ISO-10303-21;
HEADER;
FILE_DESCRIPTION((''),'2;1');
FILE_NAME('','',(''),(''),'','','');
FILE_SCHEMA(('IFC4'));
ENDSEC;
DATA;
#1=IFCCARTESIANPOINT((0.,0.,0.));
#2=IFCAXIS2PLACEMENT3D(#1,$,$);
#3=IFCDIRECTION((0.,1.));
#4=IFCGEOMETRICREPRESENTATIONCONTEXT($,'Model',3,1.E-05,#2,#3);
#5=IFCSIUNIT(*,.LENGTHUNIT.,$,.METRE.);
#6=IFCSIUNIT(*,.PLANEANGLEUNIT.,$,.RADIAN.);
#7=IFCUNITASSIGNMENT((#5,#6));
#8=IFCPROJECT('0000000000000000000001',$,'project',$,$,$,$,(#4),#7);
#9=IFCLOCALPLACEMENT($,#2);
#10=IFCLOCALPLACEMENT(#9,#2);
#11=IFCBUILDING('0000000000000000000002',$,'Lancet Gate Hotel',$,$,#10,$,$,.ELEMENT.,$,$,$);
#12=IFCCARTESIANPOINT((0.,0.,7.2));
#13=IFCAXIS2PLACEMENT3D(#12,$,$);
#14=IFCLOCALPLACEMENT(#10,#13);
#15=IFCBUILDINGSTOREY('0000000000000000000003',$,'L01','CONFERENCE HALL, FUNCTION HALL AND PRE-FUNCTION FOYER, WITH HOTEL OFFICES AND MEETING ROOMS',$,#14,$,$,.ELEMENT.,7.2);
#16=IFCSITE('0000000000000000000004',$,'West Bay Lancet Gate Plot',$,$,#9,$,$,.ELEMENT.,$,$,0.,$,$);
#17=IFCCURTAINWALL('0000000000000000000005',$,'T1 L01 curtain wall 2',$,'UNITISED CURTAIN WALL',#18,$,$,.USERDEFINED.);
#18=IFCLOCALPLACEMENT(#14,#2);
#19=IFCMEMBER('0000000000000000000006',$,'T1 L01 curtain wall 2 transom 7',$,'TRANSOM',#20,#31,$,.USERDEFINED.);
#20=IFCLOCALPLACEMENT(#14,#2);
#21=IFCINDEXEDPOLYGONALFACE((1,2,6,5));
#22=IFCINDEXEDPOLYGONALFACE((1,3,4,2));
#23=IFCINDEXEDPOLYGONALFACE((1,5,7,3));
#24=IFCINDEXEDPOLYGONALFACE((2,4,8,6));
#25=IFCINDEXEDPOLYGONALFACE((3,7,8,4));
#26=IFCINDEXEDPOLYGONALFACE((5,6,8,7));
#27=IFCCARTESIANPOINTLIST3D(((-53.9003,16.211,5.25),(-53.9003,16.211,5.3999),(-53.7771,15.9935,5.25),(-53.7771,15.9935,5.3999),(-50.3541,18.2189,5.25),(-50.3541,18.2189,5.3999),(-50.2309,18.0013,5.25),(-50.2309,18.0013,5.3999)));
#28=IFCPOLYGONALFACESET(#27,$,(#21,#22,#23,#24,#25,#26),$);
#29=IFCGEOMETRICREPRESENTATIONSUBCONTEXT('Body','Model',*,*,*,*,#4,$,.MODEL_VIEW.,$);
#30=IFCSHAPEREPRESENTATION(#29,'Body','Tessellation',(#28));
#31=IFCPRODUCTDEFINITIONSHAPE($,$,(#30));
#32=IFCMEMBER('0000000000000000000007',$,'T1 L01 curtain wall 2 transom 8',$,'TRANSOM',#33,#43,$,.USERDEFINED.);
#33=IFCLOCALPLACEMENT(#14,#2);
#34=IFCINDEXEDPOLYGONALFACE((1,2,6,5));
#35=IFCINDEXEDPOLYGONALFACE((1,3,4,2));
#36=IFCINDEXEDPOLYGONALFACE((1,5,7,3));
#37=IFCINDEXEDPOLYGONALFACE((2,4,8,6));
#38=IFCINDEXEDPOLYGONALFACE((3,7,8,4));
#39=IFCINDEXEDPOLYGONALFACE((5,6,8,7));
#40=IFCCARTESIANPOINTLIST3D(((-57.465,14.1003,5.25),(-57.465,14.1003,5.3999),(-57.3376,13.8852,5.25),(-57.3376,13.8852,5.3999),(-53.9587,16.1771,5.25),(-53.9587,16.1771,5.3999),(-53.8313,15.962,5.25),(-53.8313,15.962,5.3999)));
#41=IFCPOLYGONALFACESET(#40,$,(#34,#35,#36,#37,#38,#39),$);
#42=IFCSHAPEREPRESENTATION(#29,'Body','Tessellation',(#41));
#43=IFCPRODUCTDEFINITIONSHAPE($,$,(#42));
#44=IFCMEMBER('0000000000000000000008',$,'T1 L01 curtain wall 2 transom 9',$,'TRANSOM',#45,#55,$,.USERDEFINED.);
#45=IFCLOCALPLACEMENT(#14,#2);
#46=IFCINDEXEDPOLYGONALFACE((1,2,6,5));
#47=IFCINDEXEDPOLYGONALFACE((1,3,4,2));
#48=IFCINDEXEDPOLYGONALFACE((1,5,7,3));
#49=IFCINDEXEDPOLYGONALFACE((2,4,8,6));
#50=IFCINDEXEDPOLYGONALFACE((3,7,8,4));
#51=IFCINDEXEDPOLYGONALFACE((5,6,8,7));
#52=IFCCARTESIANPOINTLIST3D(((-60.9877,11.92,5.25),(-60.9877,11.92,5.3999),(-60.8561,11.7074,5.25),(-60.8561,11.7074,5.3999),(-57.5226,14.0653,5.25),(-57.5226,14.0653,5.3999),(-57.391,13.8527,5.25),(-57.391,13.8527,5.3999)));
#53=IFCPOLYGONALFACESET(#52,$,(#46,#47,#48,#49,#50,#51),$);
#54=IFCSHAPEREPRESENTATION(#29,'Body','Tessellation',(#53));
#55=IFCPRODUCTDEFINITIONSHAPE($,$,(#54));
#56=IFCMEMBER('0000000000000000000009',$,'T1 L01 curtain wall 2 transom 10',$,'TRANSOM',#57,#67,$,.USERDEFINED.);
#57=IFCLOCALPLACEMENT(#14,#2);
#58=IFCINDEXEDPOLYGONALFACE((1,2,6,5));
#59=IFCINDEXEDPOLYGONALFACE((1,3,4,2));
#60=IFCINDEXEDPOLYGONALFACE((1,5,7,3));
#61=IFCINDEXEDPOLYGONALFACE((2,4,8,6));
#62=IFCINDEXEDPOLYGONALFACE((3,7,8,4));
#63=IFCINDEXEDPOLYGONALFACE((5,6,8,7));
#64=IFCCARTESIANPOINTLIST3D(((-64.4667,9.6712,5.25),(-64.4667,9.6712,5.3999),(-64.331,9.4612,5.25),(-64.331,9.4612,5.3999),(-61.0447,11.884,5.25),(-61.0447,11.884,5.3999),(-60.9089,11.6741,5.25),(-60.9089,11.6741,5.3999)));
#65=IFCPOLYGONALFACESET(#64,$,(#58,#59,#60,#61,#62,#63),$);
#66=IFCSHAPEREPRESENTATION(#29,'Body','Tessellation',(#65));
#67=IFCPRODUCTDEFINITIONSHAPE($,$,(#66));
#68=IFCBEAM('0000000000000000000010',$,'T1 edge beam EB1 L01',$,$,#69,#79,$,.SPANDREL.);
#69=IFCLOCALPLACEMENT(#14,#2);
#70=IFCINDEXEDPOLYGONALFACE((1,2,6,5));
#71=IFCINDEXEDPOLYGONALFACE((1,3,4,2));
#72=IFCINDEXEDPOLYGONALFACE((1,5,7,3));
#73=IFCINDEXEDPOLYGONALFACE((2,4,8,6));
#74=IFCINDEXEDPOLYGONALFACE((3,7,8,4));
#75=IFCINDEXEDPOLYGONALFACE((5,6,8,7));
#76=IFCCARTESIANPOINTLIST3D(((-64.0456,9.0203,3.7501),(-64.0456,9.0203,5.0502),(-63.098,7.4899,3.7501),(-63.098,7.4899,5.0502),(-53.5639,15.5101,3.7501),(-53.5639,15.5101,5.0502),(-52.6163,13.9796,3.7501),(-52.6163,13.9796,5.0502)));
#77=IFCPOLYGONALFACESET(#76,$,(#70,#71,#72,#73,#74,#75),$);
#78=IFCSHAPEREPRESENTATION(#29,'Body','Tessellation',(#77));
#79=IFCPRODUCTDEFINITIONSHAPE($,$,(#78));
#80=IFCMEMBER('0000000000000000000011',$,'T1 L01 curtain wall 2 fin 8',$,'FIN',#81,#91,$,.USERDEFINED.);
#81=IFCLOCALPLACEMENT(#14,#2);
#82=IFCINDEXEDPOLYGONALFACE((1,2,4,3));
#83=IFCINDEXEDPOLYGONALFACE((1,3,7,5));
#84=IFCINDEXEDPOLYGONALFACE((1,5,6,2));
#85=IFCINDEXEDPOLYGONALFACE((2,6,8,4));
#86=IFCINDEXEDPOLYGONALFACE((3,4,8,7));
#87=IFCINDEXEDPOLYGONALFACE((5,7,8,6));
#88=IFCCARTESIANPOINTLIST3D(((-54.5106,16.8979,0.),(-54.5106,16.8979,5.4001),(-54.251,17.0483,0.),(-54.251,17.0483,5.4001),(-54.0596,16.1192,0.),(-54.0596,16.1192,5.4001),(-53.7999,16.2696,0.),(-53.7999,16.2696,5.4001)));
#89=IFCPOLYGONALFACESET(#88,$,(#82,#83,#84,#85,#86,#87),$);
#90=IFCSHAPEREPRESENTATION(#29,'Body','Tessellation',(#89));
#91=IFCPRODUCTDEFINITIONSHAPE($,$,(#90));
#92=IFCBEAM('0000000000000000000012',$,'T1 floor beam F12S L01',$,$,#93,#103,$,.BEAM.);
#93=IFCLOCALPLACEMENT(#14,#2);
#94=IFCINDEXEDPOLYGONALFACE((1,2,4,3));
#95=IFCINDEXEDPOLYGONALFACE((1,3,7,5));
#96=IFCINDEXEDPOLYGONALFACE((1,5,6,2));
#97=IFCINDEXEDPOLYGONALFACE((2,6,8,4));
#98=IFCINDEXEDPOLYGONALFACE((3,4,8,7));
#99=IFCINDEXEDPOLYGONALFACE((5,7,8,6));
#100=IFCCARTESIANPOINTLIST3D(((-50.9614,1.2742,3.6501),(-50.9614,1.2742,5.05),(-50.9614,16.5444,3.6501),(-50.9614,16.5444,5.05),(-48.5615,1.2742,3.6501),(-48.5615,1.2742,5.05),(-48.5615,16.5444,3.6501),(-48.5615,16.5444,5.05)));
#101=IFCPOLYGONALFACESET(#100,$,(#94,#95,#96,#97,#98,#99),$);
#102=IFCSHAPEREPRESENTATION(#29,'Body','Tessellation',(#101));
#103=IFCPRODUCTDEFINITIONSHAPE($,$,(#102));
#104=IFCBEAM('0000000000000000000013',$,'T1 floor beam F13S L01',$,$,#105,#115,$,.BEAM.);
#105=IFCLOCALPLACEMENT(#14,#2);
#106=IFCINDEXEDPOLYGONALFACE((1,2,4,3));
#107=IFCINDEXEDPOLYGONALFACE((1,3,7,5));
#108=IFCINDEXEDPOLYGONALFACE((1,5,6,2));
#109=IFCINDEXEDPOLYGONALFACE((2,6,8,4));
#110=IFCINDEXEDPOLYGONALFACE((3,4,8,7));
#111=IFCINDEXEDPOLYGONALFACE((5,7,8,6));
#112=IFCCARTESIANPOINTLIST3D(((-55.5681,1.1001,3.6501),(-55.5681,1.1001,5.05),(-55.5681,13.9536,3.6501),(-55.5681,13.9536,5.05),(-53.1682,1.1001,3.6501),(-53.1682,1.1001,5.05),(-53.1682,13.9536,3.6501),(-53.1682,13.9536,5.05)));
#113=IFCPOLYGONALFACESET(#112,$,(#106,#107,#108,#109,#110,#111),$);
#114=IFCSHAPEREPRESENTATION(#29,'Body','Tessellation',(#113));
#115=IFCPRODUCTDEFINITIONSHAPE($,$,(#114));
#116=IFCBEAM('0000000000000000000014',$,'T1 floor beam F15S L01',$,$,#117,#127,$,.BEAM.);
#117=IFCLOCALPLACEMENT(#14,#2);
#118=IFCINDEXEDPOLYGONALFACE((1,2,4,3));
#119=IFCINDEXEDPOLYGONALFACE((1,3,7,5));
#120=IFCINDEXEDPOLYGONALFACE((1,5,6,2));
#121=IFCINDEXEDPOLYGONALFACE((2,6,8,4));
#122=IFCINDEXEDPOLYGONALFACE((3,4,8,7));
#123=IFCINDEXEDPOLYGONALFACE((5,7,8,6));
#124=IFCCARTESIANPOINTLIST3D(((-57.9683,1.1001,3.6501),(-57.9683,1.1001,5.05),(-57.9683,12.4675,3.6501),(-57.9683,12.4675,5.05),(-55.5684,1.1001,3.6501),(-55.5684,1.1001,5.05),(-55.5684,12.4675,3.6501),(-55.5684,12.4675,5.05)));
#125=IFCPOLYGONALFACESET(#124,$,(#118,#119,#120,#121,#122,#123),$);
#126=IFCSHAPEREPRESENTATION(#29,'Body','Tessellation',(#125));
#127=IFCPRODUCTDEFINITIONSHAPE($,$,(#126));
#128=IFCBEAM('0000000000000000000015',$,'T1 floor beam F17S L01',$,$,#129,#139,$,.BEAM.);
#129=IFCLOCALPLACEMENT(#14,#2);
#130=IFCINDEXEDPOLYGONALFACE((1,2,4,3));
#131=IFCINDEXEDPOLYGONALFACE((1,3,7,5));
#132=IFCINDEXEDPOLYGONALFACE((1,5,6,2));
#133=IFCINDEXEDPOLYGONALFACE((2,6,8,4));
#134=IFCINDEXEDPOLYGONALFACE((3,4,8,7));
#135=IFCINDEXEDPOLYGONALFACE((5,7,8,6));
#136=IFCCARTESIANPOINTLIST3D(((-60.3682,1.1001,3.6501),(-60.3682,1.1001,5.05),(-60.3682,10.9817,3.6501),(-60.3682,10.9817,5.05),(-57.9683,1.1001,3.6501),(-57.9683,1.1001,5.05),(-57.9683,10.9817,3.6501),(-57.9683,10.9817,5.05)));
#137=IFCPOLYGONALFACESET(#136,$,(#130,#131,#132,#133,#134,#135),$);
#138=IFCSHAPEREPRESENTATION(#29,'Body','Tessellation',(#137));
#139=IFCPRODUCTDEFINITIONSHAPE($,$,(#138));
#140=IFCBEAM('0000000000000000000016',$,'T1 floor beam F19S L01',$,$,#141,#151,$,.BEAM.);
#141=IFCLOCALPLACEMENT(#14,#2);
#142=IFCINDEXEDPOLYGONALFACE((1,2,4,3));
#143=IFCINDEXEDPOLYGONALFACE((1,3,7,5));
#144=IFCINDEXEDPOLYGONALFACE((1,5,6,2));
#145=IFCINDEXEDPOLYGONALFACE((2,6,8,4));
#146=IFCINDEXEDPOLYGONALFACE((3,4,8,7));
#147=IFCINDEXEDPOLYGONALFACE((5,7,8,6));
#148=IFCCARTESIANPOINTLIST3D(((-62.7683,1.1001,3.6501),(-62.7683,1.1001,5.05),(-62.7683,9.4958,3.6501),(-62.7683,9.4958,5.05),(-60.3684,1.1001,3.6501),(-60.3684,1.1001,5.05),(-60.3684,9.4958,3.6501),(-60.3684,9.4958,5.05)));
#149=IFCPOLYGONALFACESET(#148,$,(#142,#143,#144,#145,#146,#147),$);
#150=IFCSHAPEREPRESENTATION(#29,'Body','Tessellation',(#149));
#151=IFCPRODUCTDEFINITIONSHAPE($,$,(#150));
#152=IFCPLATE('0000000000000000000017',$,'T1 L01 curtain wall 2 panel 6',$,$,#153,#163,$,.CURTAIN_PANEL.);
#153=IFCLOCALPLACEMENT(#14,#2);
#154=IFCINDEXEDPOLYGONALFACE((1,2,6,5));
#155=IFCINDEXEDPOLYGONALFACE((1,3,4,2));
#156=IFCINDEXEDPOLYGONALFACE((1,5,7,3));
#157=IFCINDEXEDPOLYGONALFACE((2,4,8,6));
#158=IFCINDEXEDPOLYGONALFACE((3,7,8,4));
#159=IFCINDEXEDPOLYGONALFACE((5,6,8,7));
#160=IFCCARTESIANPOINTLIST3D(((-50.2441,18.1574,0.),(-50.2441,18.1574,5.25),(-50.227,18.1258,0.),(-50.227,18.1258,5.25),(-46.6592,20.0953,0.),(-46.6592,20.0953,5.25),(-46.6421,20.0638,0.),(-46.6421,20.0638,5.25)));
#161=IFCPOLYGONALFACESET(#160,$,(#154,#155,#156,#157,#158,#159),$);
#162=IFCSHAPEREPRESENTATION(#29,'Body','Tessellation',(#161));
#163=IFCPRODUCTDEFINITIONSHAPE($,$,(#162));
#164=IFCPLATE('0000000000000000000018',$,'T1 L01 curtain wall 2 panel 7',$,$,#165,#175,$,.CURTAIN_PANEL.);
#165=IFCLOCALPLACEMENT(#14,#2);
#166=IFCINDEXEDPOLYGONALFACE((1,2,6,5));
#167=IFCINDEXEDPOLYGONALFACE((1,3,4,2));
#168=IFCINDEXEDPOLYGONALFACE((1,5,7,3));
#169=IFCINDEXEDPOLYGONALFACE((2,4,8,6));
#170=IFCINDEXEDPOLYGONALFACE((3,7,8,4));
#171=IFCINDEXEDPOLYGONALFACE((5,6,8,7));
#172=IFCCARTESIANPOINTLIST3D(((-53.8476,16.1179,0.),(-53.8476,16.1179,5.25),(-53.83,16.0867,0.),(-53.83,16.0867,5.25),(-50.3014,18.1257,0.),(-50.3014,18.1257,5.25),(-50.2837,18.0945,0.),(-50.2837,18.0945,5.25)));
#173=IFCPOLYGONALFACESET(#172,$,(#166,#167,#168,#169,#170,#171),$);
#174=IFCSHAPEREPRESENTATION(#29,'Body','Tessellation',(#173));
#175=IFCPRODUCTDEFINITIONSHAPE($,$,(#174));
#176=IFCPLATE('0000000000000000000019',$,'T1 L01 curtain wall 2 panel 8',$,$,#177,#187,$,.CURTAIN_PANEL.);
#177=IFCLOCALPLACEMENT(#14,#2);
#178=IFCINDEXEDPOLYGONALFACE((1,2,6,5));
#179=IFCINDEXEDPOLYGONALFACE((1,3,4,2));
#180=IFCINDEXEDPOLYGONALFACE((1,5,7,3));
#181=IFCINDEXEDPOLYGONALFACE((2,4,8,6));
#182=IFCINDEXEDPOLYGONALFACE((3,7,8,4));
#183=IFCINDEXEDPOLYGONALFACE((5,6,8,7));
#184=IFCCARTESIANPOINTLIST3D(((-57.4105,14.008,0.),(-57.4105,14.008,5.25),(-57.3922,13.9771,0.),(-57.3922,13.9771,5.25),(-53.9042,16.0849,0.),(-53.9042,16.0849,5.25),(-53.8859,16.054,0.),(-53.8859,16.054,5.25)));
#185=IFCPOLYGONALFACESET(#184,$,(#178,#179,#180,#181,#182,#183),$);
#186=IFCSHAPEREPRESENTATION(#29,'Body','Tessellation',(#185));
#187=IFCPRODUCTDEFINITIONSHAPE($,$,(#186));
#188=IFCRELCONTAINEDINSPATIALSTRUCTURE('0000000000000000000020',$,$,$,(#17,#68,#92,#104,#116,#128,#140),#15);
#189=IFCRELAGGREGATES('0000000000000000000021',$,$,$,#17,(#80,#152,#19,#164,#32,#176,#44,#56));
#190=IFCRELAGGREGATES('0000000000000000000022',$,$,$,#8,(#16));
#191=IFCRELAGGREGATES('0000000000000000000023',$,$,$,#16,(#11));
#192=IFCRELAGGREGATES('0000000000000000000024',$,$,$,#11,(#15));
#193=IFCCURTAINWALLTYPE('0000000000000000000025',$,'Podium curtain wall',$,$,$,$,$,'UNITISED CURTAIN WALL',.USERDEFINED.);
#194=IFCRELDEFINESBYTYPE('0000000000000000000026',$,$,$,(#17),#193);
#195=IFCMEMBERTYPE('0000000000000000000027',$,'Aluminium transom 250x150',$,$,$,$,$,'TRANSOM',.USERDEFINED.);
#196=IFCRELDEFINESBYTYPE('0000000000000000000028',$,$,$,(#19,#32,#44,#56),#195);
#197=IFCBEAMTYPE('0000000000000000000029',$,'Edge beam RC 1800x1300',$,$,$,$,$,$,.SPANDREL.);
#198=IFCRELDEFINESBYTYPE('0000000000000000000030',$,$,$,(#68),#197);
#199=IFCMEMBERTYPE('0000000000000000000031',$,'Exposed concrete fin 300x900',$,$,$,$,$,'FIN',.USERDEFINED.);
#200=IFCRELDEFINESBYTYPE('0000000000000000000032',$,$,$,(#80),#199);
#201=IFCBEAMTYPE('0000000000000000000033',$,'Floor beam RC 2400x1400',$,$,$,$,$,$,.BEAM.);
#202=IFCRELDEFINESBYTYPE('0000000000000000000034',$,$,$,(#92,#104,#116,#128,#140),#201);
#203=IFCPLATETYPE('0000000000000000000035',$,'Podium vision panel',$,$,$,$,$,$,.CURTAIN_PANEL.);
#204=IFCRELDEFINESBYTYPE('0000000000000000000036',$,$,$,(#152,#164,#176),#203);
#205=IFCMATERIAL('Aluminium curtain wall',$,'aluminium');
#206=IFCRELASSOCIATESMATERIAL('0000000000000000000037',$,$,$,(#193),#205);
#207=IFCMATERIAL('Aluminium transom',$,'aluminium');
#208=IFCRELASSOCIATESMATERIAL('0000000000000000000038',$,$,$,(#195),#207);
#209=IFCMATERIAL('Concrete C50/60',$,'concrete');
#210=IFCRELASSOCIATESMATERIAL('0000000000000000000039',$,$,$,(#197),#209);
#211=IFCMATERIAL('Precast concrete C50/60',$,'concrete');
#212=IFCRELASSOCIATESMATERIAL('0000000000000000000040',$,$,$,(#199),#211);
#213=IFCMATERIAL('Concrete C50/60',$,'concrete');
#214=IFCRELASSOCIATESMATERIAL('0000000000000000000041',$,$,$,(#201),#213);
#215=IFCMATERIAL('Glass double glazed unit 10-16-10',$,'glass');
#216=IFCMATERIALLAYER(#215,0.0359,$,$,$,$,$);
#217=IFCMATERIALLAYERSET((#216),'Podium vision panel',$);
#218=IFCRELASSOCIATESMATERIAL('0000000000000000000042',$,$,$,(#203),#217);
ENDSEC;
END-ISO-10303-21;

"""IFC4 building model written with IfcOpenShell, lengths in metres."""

from ifc_helpers import new_model, si_unit, direction, frame, origin, origin_2d, place, context, subcontext, project, spatial, rectangle, extrude, material, layer, layer_set, material_profile, profile_set, type_object, element, aggregate, save


model = new_model("IFC4")

# Units and contexts
model_context = context("Model", 3, precision=1e-05, world=origin(), true_north=direction((0.0, 1.0)))
body_context = subcontext(model_context, "Body", "Model", "MODEL_VIEW")
ifc_project = project(units=[si_unit("LENGTHUNIT", "METRE"), si_unit("PLANEANGLEUNIT", "RADIAN")], contexts=[model_context])

# Site, building, storey
site_placement = place(None, origin())
site = spatial("IfcSite", under=ifc_project, at=site_placement, Name="West Bay Lancet Gate Plot", CompositionType="ELEMENT", RefElevation=0.0)
building_placement = place(site_placement, origin())
building = spatial("IfcBuilding", under=site, at=building_placement, Name="Lancet Gate Hotel", CompositionType="ELEMENT")
storey_placement = place(building_placement, frame((0.0, 0.0, 7.2)))
storey = spatial("IfcBuildingStorey", under=building, at=storey_placement, Name="L01", Description="CONFERENCE HALL, FUNCTION HALL AND PRE-FUNCTION FOYER, WITH HOTEL OFFICES AND MEETING ROOMS", CompositionType="ELEMENT", Elevation=7.2)

# Curtain wall, members
ifc_material_1 = material(Name="Aluminium curtain wall", Category="aluminium")
curtain_wall_type = type_object("IfcCurtainWallType", Name="Podium curtain wall", ElementType="UNITISED CURTAIN WALL", PredefinedType="USERDEFINED", material=ifc_material_1)
curtain_wall_placement = place(storey_placement, origin())
curtain_wall = element("IfcCurtainWall", 1, at=curtain_wall_placement, inside=storey, type_object=curtain_wall_type, Name="T1 L01 curtain wall 2", ObjectType="UNITISED CURTAIN WALL", PredefinedType="USERDEFINED")
ifc_material_2 = material(Name="Aluminium transom", Category="aluminium")
ifc_material_profile_1 = material_profile(ifc_material_2, rectangle(XDim=0.25, YDim=0.1499, at=origin_2d()), Name="TRANSOM 250x150")
ifc_profile_set_1 = profile_set([ifc_material_profile_1], Name="Aluminium transom")
member_type_1 = type_object("IfcMemberType", Name="Aluminium transom 250x150", ElementType="TRANSOM", PredefinedType="USERDEFINED", material=ifc_profile_set_1)
member_1_placement = place(storey_placement, frame((-50.2925, 18.1101, 5.325), z_axis=(-0.870198, -0.492703, 0.0), x_axis=(0.492703, -0.870198, 0.0)))
member_1 = element("IfcMember", 2, at=member_1_placement, type_object=member_type_1, Name="T1 L01 curtain wall 2 transom 7", ObjectType="TRANSOM", PredefinedType="USERDEFINED", context=body_context, shape_type="SweptSolid", body=[
    extrude(rectangle(XDim=0.25, YDim=0.1499, at=origin_2d()), origin(), (0.0, 0.0, 1.0), 4.0752),
])
member_2_placement = place(storey_placement, frame((-53.895, 16.0696, 5.325), z_axis=(-0.860392, -0.509633, 0.0), x_axis=(0.509633, -0.860392, 0.0)))
member_2 = element("IfcMember", 3, at=member_2_placement, type_object=member_type_1, Name="T1 L01 curtain wall 2 transom 8", ObjectType="TRANSOM", PredefinedType="USERDEFINED", context=body_context, shape_type="SweptSolid", body=[
    extrude(rectangle(XDim=0.25, YDim=0.1499, at=origin_2d()), origin(), (0.0, 0.0, 1.0), 4.0752),
])
member_3_placement = place(storey_placement, frame((-57.4568, 13.959, 5.325), z_axis=(-0.850242, -0.526392, 0.0), x_axis=(0.526392, -0.850242, 0.0)))
member_3 = element("IfcMember", 4, at=member_3_placement, type_object=member_type_1, Name="T1 L01 curtain wall 2 transom 9", ObjectType="TRANSOM", PredefinedType="USERDEFINED", context=body_context, shape_type="SweptSolid", body=[
    extrude(rectangle(XDim=0.25, YDim=0.1499, at=origin_2d()), origin(), (0.0, 0.0, 1.0), 4.0754),
])
member_4_placement = place(storey_placement, frame((-60.9768, 11.7791, 5.325), z_axis=(-0.839729, -0.543005, 0.0), x_axis=(0.543005, -0.839729, 0.0)))
member_4 = element("IfcMember", 5, at=member_4_placement, type_object=member_type_1, Name="T1 L01 curtain wall 2 transom 10", ObjectType="TRANSOM", PredefinedType="USERDEFINED", context=body_context, shape_type="SweptSolid", body=[
    extrude(rectangle(XDim=0.25, YDim=0.1499, at=origin_2d()), origin(), (0.0, 0.0, 1.0), 4.0752),
])

# Beam
ifc_material_3 = material(Name="Concrete C50/60", Category="concrete")
ifc_material_profile_2 = material_profile(ifc_material_3, rectangle(XDim=1.8, YDim=1.3, at=origin_2d()), Name="RC 1800x1300")
ifc_profile_set_2 = profile_set([ifc_material_profile_2], Name="Concrete C50/60")
beam_type_1 = type_object("IfcBeamType", Name="Edge beam RC 1800x1300", PredefinedType="SPANDREL", material=ifc_profile_set_2)
beam_1_placement = place(storey_placement, frame((-53.0901, 14.7449, 4.4001), z_axis=(-0.850226, -0.526418, 0.0), x_axis=(0.526418, -0.850226, 0.0)))
element("IfcBeam", 6, at=beam_1_placement, inside=storey, type_object=beam_type_1, Name="T1 edge beam EB1 L01", PredefinedType="SPANDREL", context=body_context, shape_type="SweptSolid", body=[
    extrude(rectangle(XDim=1.8, YDim=1.3, at=origin_2d()), origin(), (0.0, 0.0, 1.0), 12.3281),
])

# Member
ifc_material_4 = material(Name="Precast concrete C50/60", Category="concrete")
ifc_material_profile_3 = material_profile(ifc_material_4, rectangle(XDim=0.3, YDim=0.8999, at=origin_2d()), Name="FIN 300x900")
ifc_profile_set_3 = profile_set([ifc_material_profile_3], Name="Precast concrete C50/60")
member_type_2 = type_object("IfcMemberType", Name="Exposed concrete fin 300x900", ElementType="FIN", PredefinedType="USERDEFINED", material=ifc_profile_set_3)
member_5_placement = place(storey_placement, frame((-54.1553, 16.5837, 0.0), z_axis=(0.0, 0.0, 1.0), x_axis=(-0.865335, -0.501194, 0.0)))
member_5 = element("IfcMember", 7, at=member_5_placement, type_object=member_type_2, Name="T1 L01 curtain wall 2 fin 8", ObjectType="FIN", PredefinedType="USERDEFINED", context=body_context, shape_type="SweptSolid", body=[
    extrude(rectangle(XDim=0.3, YDim=0.8999, at=origin_2d()), origin(), (0.0, 0.0, 1.0), 5.4001),
])

# Beams
ifc_material_5 = material(Name="Concrete C50/60", Category="concrete")
ifc_material_profile_4 = material_profile(ifc_material_5, rectangle(XDim=2.3999, YDim=1.3999, at=origin_2d()), Name="RC 2400x1400")
ifc_profile_set_4 = profile_set([ifc_material_profile_4], Name="Concrete C50/60")
beam_type_2 = type_object("IfcBeamType", Name="Floor beam RC 2400x1400", PredefinedType="BEAM", material=ifc_profile_set_4)
beam_2_placement = place(storey_placement, frame((-49.7615, 16.5444, 4.3501), z_axis=(0.0, -1.0, 0.0), x_axis=(1.0, 0.0, 0.0)))
element("IfcBeam", 8, at=beam_2_placement, inside=storey, type_object=beam_type_2, Name="T1 floor beam F12S L01", PredefinedType="BEAM", context=body_context, shape_type="SweptSolid", body=[
    extrude(rectangle(XDim=2.3999, YDim=1.3999, at=origin_2d()), origin(), (0.0, 0.0, 1.0), 15.2703),
])
beam_3_placement = place(storey_placement, frame((-54.3682, 13.9536, 4.3501), z_axis=(0.0, -1.0, 0.0), x_axis=(1.0, 0.0, 0.0)))
element("IfcBeam", 9, at=beam_3_placement, inside=storey, type_object=beam_type_2, Name="T1 floor beam F13S L01", PredefinedType="BEAM", context=body_context, shape_type="SweptSolid", body=[
    extrude(rectangle(XDim=2.3999, YDim=1.3999, at=origin_2d()), origin(), (0.0, 0.0, 1.0), 12.8535),
])
beam_4_placement = place(storey_placement, frame((-56.7683, 12.4675, 4.3501), z_axis=(0.0, -1.0, 0.0), x_axis=(1.0, 0.0, 0.0)))
element("IfcBeam", 10, at=beam_4_placement, inside=storey, type_object=beam_type_2, Name="T1 floor beam F15S L01", PredefinedType="BEAM", context=body_context, shape_type="SweptSolid", body=[
    extrude(rectangle(XDim=2.3999, YDim=1.3999, at=origin_2d()), origin(), (0.0, 0.0, 1.0), 11.3674),
])
beam_5_placement = place(storey_placement, frame((-59.1682, 10.9817, 4.3501), z_axis=(0.0, -1.0, 0.0), x_axis=(1.0, 0.0, 0.0)))
element("IfcBeam", 11, at=beam_5_placement, inside=storey, type_object=beam_type_2, Name="T1 floor beam F17S L01", PredefinedType="BEAM", context=body_context, shape_type="SweptSolid", body=[
    extrude(rectangle(XDim=2.3999, YDim=1.3999, at=origin_2d()), origin(), (0.0, 0.0, 1.0), 9.8816),
])
beam_6_placement = place(storey_placement, frame((-61.5684, 9.4958, 4.3501), z_axis=(0.0, -1.0, 0.0), x_axis=(1.0, 0.0, 0.0)))
element("IfcBeam", 12, at=beam_6_placement, inside=storey, type_object=beam_type_2, Name="T1 floor beam F19S L01", PredefinedType="BEAM", context=body_context, shape_type="SweptSolid", body=[
    extrude(rectangle(XDim=2.3999, YDim=1.3999, at=origin_2d()), origin(), (0.0, 0.0, 1.0), 8.3958),
])

# Plates
ifc_material_6 = material(Name="Glass double glazed unit 10-16-10", Category="glass")
ifc_layer_1 = layer(ifc_material_6, 0.0359)
ifc_layer_set_1 = layer_set([ifc_layer_1], Name="Podium vision panel")
plate_type = type_object("IfcPlateType", Name="Podium vision panel", PredefinedType="CURTAIN_PANEL", material=ifc_layer_set_1)
plate_1_placement = place(storey_placement, frame((-48.4431, 19.1106, 0.0), z_axis=(0.0, 0.0, 1.0), x_axis=(-0.879693, -0.475541, 0.0)))
plate_1 = element("IfcPlate", 13, at=plate_1_placement, type_object=plate_type, Name="T1 L01 curtain wall 2 panel 6", PredefinedType="CURTAIN_PANEL", context=body_context, shape_type="SweptSolid", body=[
    extrude(rectangle(XDim=4.0752, YDim=0.0359, at=origin_2d()), origin(), (0.0, 0.0, 1.0), 5.25),
])
plate_2_placement = place(storey_placement, frame((-52.0657, 17.1062, 0.0), z_axis=(0.0, 0.0, 1.0), x_axis=(-0.870205, -0.49269, 0.0)))
plate_2 = element("IfcPlate", 14, at=plate_2_placement, type_object=plate_type, Name="T1 L01 curtain wall 2 panel 7", PredefinedType="CURTAIN_PANEL", context=body_context, shape_type="SweptSolid", body=[
    extrude(rectangle(XDim=4.0752, YDim=0.0359, at=origin_2d()), origin(), (0.0, 0.0, 1.0), 5.25),
])
plate_3_placement = place(storey_placement, frame((-55.6482, 15.031, 0.0), z_axis=(0.0, 0.0, 1.0), x_axis=(-0.860382, -0.50965, 0.0)))
plate_3 = element("IfcPlate", 15, at=plate_3_placement, type_object=plate_type, Name="T1 L01 curtain wall 2 panel 8", PredefinedType="CURTAIN_PANEL", context=body_context, shape_type="SweptSolid", body=[
    extrude(rectangle(XDim=4.0752, YDim=0.0359, at=origin_2d()), origin(), (0.0, 0.0, 1.0), 5.25),
])
aggregate(curtain_wall, [member_5, plate_1, member_1, plate_2, member_2, plate_3, member_3, member_4])

save(model, "model.ifc")
